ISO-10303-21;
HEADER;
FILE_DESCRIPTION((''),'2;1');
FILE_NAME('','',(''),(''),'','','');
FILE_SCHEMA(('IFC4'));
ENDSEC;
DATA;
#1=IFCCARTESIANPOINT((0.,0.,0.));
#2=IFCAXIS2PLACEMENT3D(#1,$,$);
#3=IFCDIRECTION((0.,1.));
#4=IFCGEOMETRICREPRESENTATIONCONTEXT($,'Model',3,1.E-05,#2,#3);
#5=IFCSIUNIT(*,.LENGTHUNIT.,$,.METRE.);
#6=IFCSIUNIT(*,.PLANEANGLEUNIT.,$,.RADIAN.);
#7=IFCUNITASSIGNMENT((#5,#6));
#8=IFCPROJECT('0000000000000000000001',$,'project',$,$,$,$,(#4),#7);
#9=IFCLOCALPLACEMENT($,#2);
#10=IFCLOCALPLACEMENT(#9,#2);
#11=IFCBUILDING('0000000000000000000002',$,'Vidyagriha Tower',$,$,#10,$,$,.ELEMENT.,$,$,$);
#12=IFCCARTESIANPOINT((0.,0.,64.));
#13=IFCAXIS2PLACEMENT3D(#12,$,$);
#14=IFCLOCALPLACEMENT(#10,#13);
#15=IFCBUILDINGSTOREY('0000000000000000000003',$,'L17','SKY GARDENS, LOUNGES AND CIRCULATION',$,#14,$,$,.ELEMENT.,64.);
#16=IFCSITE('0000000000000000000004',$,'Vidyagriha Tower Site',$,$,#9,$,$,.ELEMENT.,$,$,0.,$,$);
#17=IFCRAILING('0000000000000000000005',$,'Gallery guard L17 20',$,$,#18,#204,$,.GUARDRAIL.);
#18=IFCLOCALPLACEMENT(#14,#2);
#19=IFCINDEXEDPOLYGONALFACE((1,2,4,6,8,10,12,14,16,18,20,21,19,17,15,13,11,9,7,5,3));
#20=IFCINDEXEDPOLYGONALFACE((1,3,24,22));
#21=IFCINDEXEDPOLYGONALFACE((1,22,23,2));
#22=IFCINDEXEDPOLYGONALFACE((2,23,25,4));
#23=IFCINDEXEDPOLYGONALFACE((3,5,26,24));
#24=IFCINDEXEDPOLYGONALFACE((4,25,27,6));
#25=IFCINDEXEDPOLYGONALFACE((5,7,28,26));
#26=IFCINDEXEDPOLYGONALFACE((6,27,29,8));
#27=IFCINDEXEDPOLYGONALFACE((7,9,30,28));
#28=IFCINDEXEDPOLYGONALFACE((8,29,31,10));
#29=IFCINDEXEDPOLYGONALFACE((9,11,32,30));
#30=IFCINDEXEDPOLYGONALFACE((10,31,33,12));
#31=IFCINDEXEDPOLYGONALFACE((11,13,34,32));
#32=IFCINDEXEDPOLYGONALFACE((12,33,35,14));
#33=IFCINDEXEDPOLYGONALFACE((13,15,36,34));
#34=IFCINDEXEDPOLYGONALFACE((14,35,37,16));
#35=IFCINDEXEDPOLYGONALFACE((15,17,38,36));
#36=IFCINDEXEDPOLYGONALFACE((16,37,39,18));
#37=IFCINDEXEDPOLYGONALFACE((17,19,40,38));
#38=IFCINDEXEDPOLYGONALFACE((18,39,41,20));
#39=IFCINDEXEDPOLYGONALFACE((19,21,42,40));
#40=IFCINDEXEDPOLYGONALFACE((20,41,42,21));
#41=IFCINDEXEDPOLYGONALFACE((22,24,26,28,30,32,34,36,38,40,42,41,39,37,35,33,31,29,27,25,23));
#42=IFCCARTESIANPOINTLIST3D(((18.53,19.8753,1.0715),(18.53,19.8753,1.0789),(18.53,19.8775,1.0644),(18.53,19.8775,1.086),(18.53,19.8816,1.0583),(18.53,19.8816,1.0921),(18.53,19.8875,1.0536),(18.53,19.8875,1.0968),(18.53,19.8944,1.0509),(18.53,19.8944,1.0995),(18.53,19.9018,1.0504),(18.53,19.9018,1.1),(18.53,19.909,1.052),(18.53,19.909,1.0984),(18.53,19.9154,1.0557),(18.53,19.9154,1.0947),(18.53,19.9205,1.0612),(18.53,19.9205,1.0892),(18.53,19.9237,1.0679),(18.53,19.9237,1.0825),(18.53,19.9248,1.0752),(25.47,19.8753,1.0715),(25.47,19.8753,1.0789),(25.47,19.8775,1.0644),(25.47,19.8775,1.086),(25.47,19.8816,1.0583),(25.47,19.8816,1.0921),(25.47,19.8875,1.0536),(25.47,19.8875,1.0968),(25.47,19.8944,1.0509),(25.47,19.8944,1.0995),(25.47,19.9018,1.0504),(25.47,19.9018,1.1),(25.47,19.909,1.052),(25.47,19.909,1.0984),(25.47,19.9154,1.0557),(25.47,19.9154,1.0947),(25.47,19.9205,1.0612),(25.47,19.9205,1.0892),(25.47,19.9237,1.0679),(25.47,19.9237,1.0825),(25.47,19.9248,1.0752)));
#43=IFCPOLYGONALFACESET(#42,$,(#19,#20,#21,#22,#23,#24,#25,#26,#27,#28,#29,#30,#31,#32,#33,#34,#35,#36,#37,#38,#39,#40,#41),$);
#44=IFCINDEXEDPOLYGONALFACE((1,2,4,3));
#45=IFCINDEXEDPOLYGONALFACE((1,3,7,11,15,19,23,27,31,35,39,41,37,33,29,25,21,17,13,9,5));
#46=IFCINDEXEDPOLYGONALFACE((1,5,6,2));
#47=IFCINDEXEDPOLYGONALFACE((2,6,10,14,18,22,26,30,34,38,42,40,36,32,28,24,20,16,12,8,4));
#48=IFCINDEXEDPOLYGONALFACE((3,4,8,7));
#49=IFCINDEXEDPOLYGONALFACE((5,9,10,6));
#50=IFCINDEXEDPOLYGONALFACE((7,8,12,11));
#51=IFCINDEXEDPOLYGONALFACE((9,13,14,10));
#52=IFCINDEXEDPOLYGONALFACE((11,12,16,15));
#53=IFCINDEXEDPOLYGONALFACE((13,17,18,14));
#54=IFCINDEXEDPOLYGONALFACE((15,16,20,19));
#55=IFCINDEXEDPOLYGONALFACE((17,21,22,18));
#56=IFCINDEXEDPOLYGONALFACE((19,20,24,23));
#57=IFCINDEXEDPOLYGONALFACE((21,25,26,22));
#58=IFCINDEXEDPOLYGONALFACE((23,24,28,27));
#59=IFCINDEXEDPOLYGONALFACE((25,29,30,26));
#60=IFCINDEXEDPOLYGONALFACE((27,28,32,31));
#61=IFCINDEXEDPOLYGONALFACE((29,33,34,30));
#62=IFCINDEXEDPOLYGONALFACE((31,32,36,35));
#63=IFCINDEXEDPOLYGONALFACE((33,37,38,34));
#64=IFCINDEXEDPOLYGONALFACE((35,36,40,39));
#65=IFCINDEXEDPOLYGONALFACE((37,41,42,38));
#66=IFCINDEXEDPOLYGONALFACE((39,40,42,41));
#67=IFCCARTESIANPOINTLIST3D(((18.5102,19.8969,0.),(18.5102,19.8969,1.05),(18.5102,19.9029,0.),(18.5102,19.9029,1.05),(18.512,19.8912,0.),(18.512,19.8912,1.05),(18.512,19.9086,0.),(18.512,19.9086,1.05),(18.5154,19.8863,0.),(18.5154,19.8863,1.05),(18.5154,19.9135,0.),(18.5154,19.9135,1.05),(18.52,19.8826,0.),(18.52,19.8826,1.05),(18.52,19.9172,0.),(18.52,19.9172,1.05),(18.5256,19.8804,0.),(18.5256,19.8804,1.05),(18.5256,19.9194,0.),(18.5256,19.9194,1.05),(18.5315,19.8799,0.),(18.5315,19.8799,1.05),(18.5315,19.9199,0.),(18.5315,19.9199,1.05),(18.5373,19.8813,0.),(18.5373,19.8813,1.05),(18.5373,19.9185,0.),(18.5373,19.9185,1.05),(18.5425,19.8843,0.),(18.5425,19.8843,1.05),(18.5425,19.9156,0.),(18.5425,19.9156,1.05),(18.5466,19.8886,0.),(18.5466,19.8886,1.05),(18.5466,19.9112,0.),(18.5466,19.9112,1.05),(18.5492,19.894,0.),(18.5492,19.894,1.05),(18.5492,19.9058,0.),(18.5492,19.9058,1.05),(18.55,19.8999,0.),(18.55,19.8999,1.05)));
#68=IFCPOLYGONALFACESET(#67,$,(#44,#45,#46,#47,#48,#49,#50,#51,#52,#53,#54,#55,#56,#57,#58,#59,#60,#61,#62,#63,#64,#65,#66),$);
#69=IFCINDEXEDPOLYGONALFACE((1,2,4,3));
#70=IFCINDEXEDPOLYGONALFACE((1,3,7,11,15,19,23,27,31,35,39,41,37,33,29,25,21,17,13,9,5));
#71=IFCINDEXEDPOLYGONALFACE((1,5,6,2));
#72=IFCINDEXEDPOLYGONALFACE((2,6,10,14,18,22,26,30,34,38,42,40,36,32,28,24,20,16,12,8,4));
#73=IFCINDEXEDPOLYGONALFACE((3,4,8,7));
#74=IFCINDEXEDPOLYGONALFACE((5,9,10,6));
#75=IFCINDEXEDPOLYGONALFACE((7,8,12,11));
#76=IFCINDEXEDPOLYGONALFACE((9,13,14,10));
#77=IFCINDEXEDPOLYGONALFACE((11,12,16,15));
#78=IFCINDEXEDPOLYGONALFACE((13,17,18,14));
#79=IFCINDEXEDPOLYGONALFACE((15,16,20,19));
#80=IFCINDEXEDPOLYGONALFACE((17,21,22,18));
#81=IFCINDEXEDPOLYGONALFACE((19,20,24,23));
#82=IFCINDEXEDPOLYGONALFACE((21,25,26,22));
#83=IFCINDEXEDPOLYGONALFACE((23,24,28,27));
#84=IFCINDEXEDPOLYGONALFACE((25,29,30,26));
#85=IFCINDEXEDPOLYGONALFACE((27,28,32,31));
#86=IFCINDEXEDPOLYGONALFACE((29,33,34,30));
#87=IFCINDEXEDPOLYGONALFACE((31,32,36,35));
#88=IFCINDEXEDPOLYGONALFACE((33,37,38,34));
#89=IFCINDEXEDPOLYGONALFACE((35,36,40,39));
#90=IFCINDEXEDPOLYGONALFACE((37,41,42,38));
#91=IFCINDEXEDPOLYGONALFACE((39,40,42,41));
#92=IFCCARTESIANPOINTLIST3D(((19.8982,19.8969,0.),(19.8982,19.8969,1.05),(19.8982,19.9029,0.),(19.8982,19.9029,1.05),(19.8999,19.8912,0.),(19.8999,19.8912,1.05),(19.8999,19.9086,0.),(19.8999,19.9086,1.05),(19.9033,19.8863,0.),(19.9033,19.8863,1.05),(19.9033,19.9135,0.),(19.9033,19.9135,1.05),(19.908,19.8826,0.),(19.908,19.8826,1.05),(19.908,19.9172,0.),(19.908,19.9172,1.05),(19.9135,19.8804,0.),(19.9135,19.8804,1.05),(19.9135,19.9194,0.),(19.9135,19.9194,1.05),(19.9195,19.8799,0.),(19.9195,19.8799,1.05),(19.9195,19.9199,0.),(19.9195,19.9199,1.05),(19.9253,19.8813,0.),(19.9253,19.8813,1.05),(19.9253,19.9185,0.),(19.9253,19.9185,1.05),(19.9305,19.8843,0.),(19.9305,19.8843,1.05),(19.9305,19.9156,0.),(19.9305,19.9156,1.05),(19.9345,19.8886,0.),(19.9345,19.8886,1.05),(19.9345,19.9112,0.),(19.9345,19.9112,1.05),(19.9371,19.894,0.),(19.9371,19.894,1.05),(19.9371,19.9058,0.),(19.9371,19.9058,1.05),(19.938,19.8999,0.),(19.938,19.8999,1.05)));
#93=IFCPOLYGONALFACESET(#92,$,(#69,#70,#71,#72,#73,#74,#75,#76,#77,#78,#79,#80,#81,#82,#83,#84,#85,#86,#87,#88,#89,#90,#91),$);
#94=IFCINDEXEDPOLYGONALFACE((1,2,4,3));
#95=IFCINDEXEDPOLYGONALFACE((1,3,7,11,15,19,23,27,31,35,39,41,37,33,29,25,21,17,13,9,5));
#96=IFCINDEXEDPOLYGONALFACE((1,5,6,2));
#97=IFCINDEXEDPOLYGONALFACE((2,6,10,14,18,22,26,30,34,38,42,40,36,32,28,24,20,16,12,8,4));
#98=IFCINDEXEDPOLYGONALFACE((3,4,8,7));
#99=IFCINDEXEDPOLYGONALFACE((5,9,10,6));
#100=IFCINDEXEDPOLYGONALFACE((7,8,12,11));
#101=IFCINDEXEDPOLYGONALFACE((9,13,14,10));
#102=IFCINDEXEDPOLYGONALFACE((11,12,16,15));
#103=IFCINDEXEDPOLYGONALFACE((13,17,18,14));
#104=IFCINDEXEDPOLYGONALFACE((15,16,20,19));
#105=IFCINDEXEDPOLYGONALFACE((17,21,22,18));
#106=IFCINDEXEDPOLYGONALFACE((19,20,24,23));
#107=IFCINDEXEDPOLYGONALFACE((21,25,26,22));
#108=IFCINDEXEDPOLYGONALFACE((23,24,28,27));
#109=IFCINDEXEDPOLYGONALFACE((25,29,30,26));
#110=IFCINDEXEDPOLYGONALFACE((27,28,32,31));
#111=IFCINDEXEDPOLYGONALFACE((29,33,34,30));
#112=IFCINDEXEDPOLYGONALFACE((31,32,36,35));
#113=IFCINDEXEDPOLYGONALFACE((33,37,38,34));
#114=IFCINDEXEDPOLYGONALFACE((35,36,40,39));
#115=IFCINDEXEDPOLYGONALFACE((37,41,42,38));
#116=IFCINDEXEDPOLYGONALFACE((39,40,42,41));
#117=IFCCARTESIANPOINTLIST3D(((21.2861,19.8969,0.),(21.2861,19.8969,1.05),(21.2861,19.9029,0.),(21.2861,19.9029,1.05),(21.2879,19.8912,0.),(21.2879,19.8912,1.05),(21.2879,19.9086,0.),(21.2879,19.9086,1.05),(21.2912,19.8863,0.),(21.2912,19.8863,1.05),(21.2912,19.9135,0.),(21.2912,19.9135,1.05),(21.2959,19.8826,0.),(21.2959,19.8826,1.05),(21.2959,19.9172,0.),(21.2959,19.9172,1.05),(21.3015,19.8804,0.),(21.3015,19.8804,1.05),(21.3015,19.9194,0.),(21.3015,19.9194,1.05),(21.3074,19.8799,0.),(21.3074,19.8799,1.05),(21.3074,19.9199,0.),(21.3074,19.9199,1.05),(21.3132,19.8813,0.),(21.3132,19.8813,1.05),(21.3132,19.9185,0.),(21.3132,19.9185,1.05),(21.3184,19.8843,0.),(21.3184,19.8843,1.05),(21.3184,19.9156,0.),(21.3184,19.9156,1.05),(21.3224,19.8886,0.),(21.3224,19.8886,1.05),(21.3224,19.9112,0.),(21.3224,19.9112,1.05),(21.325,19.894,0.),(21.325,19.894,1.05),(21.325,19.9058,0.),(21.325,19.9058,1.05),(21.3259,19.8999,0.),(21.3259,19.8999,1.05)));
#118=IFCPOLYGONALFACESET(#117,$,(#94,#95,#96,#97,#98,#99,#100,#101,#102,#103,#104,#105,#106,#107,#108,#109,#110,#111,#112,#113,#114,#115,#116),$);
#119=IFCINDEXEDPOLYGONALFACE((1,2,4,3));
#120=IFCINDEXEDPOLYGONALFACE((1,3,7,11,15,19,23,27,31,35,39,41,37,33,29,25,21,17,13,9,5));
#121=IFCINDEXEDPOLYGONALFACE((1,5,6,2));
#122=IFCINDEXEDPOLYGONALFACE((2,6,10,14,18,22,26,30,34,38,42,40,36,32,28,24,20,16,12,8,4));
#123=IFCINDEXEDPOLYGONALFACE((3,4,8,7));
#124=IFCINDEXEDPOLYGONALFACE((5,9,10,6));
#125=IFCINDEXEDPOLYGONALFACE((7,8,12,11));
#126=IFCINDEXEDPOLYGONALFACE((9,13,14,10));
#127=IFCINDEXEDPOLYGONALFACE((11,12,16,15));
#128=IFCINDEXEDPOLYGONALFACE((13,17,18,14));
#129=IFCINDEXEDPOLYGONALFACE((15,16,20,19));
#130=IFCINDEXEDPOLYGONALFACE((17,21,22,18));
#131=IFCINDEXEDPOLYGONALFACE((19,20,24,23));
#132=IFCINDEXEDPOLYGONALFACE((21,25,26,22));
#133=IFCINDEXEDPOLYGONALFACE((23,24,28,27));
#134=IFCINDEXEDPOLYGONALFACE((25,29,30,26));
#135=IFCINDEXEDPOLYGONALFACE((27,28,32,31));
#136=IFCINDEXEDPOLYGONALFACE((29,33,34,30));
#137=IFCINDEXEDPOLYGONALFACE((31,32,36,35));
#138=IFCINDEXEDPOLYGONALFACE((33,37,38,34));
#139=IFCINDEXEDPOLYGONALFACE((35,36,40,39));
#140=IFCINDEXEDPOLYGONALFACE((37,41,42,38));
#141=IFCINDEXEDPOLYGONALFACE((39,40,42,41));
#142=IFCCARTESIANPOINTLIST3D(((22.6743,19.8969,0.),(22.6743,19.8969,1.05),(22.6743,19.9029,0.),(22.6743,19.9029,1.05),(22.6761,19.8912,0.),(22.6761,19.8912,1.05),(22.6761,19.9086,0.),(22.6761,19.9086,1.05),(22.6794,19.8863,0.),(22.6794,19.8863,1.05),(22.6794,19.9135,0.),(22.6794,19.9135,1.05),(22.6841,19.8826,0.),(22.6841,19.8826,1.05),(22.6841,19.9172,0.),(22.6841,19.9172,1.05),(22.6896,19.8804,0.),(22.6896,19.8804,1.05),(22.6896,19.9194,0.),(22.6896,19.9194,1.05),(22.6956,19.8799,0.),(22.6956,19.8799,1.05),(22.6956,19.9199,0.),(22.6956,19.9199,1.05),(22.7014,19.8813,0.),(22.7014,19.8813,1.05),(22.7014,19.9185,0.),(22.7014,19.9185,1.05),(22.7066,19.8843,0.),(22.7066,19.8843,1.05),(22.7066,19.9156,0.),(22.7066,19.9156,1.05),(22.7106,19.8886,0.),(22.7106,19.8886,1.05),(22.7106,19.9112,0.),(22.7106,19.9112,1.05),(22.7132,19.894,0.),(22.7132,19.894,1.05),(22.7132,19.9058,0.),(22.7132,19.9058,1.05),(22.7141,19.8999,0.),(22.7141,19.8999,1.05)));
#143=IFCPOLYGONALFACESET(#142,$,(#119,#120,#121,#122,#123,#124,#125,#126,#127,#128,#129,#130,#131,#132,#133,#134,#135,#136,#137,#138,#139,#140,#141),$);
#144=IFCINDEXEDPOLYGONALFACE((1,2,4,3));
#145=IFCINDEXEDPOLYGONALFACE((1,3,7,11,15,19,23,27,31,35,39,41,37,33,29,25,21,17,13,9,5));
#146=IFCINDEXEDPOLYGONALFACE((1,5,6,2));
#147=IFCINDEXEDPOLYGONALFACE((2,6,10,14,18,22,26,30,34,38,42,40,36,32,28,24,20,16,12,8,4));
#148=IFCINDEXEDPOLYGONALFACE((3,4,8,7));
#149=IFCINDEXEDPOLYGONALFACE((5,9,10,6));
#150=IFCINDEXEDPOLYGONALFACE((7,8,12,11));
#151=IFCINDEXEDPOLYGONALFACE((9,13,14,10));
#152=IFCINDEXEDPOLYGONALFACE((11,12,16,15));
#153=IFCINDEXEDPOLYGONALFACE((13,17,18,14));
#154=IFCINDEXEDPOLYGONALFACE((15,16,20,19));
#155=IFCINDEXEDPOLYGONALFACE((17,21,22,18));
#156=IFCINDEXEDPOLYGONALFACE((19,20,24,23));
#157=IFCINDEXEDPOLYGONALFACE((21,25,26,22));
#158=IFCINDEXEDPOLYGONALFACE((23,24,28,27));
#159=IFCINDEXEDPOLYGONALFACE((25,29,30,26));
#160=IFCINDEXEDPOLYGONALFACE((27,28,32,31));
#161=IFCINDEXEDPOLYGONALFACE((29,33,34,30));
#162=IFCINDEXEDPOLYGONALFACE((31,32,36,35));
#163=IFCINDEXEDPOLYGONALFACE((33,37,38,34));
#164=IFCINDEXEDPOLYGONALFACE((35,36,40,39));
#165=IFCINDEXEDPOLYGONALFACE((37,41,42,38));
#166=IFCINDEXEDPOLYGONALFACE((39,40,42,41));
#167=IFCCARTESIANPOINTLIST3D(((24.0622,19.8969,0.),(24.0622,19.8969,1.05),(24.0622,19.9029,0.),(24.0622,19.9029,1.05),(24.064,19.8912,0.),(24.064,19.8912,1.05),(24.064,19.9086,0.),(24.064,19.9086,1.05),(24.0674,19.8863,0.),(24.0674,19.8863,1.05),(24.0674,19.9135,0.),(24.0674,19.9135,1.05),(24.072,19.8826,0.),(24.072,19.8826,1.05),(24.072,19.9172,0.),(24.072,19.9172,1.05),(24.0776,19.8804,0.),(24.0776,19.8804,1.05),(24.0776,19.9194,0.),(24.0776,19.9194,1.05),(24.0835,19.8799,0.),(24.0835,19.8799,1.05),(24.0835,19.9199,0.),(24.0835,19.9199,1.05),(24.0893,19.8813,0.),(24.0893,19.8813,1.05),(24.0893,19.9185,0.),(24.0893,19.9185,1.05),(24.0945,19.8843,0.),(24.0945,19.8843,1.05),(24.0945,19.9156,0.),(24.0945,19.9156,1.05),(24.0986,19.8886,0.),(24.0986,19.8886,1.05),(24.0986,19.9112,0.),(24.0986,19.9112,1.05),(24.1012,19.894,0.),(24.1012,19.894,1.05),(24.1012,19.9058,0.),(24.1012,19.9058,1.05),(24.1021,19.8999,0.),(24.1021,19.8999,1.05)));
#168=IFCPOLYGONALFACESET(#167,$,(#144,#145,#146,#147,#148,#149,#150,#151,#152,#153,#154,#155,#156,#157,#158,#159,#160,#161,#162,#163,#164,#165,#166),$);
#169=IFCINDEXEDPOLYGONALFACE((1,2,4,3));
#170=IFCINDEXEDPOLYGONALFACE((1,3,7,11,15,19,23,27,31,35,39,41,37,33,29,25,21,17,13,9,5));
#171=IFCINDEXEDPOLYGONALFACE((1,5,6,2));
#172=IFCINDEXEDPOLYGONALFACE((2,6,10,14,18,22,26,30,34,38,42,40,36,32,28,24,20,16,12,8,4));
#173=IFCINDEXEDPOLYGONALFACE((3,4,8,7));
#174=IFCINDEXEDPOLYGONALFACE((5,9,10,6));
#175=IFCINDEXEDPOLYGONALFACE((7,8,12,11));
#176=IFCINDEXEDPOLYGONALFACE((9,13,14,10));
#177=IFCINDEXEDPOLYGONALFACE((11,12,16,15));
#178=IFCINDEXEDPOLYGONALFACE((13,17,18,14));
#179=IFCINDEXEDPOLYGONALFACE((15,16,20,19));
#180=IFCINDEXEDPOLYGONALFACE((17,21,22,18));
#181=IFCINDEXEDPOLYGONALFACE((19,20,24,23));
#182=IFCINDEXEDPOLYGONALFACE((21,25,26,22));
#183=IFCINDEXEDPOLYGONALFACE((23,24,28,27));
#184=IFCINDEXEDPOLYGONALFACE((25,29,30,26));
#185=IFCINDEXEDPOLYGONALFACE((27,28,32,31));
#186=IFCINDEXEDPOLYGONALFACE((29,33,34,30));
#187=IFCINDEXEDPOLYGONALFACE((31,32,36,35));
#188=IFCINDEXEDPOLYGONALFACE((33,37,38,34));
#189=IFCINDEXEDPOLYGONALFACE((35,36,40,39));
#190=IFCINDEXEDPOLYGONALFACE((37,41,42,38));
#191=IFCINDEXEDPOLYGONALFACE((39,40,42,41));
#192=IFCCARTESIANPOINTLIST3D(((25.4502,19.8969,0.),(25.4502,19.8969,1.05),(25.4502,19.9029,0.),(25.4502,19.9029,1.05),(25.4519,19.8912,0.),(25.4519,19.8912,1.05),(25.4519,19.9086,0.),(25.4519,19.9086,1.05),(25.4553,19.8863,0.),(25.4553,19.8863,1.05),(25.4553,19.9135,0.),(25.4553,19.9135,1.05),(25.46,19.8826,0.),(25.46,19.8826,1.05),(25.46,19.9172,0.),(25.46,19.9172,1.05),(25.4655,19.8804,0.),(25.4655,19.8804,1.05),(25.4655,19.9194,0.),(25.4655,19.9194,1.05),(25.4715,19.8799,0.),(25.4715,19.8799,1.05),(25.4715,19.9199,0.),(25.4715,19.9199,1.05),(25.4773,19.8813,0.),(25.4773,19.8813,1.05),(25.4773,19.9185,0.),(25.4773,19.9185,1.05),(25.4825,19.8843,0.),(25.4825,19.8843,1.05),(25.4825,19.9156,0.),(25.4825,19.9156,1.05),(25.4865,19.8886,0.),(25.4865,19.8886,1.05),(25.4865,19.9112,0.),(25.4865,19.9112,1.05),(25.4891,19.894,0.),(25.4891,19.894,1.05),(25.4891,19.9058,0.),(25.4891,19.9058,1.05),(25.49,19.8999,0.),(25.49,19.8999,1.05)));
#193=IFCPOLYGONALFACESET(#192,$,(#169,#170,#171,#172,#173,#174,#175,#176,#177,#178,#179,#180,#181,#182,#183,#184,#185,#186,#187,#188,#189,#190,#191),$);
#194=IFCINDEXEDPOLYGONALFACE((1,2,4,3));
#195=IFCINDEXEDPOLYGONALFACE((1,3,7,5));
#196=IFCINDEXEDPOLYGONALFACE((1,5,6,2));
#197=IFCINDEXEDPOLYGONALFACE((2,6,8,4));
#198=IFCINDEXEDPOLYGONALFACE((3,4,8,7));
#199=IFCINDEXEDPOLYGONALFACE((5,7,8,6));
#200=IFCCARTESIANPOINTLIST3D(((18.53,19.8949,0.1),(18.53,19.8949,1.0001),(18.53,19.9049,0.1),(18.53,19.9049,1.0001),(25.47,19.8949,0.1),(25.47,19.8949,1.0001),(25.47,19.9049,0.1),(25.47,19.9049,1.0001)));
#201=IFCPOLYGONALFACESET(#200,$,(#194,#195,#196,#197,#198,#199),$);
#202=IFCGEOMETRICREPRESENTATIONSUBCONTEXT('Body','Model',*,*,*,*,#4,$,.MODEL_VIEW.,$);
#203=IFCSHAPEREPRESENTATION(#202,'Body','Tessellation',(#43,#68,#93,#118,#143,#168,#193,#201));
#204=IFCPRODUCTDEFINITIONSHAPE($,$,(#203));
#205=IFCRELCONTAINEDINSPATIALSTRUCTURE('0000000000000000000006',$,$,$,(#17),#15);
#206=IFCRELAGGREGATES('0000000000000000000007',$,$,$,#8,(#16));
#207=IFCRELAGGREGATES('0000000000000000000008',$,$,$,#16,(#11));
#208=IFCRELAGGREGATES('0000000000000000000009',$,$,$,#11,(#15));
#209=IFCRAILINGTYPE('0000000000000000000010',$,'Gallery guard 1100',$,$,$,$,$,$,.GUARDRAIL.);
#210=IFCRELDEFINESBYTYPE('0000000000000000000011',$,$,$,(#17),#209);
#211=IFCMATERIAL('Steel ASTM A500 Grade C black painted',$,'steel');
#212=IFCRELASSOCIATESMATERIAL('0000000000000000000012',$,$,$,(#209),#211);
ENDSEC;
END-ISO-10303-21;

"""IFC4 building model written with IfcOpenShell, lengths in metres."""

from ifc_helpers import new_model, si_unit, direction, frame, origin, origin_2d, place, context, subcontext, project, spatial, rectangle, circle, extrude, material, type_object, element, save


model = new_model("IFC4")

# Units and contexts
model_context = context("Model", 3, precision=1e-05, world=origin(), true_north=direction((0.0, 1.0)))
body_context = subcontext(model_context, "Body", "Model", "MODEL_VIEW")
ifc_project = project(units=[si_unit("LENGTHUNIT", "METRE"), si_unit("PLANEANGLEUNIT", "RADIAN")], contexts=[model_context])

# Site, building, storey
site_placement = place(None, origin())
site = spatial("IfcSite", under=ifc_project, at=site_placement, Name="Vidyagriha Tower Site", CompositionType="ELEMENT", RefElevation=0.0)
building_placement = place(site_placement, origin())
building = spatial("IfcBuilding", under=site, at=building_placement, Name="Vidyagriha Tower", CompositionType="ELEMENT")
storey_placement = place(building_placement, frame((0.0, 0.0, 64.0)))
storey = spatial("IfcBuildingStorey", under=building, at=storey_placement, Name="L17", Description="SKY GARDENS, LOUNGES AND CIRCULATION", CompositionType="ELEMENT", Elevation=64.0)

# Railing
ifc_material_1 = material(Name="Steel ASTM A500 Grade C black painted", Category="steel")
railing_type = type_object("IfcRailingType", Name="Gallery guard 1100", PredefinedType="GUARDRAIL", material=ifc_material_1)
railing_1_placement = place(storey_placement, frame((18.53, 19.8999, 0.0)))
element("IfcRailing", 1, at=railing_1_placement, inside=storey, type_object=railing_type, Name="Gallery guard L17 20", PredefinedType="GUARDRAIL", context=body_context, shape_type="SweptSolid", body=[
    extrude(circle(Radius=0.0249, at=origin_2d()), frame((0.0, 0.0, 1.0752), z_axis=(1.0, 0.0, 0.0), x_axis=(0.0, 1.0, 0.0)), (0.0, 0.0, 1.0), 6.9399),
    extrude(circle(Radius=0.02, at=origin_2d()), origin(), (0.0, 0.0, 1.0), 1.05),
    extrude(circle(Radius=0.02, at=origin_2d()), frame((1.3879, 0.0, 0.0)), (0.0, 0.0, 1.0), 1.05),
    extrude(circle(Radius=0.02, at=origin_2d()), frame((2.7759, 0.0, 0.0)), (0.0, 0.0, 1.0), 1.05),
    extrude(circle(Radius=0.02, at=origin_2d()), frame((4.1641, 0.0, 0.0)), (0.0, 0.0, 1.0), 1.05),
    extrude(circle(Radius=0.02, at=origin_2d()), frame((5.552, 0.0, 0.0)), (0.0, 0.0, 1.0), 1.05),
    extrude(circle(Radius=0.02, at=origin_2d()), frame((6.9399, 0.0, 0.0)), (0.0, 0.0, 1.0), 1.05),
    extrude(rectangle(XDim=0.01, YDim=0.9001, at=origin_2d()), frame((0.0, 0.0, 0.55), z_axis=(1.0, 0.0, 0.0), x_axis=(0.0, 1.0, 0.0)), (0.0, 0.0, 1.0), 6.9399),
])

save(model, "model.ifc")
